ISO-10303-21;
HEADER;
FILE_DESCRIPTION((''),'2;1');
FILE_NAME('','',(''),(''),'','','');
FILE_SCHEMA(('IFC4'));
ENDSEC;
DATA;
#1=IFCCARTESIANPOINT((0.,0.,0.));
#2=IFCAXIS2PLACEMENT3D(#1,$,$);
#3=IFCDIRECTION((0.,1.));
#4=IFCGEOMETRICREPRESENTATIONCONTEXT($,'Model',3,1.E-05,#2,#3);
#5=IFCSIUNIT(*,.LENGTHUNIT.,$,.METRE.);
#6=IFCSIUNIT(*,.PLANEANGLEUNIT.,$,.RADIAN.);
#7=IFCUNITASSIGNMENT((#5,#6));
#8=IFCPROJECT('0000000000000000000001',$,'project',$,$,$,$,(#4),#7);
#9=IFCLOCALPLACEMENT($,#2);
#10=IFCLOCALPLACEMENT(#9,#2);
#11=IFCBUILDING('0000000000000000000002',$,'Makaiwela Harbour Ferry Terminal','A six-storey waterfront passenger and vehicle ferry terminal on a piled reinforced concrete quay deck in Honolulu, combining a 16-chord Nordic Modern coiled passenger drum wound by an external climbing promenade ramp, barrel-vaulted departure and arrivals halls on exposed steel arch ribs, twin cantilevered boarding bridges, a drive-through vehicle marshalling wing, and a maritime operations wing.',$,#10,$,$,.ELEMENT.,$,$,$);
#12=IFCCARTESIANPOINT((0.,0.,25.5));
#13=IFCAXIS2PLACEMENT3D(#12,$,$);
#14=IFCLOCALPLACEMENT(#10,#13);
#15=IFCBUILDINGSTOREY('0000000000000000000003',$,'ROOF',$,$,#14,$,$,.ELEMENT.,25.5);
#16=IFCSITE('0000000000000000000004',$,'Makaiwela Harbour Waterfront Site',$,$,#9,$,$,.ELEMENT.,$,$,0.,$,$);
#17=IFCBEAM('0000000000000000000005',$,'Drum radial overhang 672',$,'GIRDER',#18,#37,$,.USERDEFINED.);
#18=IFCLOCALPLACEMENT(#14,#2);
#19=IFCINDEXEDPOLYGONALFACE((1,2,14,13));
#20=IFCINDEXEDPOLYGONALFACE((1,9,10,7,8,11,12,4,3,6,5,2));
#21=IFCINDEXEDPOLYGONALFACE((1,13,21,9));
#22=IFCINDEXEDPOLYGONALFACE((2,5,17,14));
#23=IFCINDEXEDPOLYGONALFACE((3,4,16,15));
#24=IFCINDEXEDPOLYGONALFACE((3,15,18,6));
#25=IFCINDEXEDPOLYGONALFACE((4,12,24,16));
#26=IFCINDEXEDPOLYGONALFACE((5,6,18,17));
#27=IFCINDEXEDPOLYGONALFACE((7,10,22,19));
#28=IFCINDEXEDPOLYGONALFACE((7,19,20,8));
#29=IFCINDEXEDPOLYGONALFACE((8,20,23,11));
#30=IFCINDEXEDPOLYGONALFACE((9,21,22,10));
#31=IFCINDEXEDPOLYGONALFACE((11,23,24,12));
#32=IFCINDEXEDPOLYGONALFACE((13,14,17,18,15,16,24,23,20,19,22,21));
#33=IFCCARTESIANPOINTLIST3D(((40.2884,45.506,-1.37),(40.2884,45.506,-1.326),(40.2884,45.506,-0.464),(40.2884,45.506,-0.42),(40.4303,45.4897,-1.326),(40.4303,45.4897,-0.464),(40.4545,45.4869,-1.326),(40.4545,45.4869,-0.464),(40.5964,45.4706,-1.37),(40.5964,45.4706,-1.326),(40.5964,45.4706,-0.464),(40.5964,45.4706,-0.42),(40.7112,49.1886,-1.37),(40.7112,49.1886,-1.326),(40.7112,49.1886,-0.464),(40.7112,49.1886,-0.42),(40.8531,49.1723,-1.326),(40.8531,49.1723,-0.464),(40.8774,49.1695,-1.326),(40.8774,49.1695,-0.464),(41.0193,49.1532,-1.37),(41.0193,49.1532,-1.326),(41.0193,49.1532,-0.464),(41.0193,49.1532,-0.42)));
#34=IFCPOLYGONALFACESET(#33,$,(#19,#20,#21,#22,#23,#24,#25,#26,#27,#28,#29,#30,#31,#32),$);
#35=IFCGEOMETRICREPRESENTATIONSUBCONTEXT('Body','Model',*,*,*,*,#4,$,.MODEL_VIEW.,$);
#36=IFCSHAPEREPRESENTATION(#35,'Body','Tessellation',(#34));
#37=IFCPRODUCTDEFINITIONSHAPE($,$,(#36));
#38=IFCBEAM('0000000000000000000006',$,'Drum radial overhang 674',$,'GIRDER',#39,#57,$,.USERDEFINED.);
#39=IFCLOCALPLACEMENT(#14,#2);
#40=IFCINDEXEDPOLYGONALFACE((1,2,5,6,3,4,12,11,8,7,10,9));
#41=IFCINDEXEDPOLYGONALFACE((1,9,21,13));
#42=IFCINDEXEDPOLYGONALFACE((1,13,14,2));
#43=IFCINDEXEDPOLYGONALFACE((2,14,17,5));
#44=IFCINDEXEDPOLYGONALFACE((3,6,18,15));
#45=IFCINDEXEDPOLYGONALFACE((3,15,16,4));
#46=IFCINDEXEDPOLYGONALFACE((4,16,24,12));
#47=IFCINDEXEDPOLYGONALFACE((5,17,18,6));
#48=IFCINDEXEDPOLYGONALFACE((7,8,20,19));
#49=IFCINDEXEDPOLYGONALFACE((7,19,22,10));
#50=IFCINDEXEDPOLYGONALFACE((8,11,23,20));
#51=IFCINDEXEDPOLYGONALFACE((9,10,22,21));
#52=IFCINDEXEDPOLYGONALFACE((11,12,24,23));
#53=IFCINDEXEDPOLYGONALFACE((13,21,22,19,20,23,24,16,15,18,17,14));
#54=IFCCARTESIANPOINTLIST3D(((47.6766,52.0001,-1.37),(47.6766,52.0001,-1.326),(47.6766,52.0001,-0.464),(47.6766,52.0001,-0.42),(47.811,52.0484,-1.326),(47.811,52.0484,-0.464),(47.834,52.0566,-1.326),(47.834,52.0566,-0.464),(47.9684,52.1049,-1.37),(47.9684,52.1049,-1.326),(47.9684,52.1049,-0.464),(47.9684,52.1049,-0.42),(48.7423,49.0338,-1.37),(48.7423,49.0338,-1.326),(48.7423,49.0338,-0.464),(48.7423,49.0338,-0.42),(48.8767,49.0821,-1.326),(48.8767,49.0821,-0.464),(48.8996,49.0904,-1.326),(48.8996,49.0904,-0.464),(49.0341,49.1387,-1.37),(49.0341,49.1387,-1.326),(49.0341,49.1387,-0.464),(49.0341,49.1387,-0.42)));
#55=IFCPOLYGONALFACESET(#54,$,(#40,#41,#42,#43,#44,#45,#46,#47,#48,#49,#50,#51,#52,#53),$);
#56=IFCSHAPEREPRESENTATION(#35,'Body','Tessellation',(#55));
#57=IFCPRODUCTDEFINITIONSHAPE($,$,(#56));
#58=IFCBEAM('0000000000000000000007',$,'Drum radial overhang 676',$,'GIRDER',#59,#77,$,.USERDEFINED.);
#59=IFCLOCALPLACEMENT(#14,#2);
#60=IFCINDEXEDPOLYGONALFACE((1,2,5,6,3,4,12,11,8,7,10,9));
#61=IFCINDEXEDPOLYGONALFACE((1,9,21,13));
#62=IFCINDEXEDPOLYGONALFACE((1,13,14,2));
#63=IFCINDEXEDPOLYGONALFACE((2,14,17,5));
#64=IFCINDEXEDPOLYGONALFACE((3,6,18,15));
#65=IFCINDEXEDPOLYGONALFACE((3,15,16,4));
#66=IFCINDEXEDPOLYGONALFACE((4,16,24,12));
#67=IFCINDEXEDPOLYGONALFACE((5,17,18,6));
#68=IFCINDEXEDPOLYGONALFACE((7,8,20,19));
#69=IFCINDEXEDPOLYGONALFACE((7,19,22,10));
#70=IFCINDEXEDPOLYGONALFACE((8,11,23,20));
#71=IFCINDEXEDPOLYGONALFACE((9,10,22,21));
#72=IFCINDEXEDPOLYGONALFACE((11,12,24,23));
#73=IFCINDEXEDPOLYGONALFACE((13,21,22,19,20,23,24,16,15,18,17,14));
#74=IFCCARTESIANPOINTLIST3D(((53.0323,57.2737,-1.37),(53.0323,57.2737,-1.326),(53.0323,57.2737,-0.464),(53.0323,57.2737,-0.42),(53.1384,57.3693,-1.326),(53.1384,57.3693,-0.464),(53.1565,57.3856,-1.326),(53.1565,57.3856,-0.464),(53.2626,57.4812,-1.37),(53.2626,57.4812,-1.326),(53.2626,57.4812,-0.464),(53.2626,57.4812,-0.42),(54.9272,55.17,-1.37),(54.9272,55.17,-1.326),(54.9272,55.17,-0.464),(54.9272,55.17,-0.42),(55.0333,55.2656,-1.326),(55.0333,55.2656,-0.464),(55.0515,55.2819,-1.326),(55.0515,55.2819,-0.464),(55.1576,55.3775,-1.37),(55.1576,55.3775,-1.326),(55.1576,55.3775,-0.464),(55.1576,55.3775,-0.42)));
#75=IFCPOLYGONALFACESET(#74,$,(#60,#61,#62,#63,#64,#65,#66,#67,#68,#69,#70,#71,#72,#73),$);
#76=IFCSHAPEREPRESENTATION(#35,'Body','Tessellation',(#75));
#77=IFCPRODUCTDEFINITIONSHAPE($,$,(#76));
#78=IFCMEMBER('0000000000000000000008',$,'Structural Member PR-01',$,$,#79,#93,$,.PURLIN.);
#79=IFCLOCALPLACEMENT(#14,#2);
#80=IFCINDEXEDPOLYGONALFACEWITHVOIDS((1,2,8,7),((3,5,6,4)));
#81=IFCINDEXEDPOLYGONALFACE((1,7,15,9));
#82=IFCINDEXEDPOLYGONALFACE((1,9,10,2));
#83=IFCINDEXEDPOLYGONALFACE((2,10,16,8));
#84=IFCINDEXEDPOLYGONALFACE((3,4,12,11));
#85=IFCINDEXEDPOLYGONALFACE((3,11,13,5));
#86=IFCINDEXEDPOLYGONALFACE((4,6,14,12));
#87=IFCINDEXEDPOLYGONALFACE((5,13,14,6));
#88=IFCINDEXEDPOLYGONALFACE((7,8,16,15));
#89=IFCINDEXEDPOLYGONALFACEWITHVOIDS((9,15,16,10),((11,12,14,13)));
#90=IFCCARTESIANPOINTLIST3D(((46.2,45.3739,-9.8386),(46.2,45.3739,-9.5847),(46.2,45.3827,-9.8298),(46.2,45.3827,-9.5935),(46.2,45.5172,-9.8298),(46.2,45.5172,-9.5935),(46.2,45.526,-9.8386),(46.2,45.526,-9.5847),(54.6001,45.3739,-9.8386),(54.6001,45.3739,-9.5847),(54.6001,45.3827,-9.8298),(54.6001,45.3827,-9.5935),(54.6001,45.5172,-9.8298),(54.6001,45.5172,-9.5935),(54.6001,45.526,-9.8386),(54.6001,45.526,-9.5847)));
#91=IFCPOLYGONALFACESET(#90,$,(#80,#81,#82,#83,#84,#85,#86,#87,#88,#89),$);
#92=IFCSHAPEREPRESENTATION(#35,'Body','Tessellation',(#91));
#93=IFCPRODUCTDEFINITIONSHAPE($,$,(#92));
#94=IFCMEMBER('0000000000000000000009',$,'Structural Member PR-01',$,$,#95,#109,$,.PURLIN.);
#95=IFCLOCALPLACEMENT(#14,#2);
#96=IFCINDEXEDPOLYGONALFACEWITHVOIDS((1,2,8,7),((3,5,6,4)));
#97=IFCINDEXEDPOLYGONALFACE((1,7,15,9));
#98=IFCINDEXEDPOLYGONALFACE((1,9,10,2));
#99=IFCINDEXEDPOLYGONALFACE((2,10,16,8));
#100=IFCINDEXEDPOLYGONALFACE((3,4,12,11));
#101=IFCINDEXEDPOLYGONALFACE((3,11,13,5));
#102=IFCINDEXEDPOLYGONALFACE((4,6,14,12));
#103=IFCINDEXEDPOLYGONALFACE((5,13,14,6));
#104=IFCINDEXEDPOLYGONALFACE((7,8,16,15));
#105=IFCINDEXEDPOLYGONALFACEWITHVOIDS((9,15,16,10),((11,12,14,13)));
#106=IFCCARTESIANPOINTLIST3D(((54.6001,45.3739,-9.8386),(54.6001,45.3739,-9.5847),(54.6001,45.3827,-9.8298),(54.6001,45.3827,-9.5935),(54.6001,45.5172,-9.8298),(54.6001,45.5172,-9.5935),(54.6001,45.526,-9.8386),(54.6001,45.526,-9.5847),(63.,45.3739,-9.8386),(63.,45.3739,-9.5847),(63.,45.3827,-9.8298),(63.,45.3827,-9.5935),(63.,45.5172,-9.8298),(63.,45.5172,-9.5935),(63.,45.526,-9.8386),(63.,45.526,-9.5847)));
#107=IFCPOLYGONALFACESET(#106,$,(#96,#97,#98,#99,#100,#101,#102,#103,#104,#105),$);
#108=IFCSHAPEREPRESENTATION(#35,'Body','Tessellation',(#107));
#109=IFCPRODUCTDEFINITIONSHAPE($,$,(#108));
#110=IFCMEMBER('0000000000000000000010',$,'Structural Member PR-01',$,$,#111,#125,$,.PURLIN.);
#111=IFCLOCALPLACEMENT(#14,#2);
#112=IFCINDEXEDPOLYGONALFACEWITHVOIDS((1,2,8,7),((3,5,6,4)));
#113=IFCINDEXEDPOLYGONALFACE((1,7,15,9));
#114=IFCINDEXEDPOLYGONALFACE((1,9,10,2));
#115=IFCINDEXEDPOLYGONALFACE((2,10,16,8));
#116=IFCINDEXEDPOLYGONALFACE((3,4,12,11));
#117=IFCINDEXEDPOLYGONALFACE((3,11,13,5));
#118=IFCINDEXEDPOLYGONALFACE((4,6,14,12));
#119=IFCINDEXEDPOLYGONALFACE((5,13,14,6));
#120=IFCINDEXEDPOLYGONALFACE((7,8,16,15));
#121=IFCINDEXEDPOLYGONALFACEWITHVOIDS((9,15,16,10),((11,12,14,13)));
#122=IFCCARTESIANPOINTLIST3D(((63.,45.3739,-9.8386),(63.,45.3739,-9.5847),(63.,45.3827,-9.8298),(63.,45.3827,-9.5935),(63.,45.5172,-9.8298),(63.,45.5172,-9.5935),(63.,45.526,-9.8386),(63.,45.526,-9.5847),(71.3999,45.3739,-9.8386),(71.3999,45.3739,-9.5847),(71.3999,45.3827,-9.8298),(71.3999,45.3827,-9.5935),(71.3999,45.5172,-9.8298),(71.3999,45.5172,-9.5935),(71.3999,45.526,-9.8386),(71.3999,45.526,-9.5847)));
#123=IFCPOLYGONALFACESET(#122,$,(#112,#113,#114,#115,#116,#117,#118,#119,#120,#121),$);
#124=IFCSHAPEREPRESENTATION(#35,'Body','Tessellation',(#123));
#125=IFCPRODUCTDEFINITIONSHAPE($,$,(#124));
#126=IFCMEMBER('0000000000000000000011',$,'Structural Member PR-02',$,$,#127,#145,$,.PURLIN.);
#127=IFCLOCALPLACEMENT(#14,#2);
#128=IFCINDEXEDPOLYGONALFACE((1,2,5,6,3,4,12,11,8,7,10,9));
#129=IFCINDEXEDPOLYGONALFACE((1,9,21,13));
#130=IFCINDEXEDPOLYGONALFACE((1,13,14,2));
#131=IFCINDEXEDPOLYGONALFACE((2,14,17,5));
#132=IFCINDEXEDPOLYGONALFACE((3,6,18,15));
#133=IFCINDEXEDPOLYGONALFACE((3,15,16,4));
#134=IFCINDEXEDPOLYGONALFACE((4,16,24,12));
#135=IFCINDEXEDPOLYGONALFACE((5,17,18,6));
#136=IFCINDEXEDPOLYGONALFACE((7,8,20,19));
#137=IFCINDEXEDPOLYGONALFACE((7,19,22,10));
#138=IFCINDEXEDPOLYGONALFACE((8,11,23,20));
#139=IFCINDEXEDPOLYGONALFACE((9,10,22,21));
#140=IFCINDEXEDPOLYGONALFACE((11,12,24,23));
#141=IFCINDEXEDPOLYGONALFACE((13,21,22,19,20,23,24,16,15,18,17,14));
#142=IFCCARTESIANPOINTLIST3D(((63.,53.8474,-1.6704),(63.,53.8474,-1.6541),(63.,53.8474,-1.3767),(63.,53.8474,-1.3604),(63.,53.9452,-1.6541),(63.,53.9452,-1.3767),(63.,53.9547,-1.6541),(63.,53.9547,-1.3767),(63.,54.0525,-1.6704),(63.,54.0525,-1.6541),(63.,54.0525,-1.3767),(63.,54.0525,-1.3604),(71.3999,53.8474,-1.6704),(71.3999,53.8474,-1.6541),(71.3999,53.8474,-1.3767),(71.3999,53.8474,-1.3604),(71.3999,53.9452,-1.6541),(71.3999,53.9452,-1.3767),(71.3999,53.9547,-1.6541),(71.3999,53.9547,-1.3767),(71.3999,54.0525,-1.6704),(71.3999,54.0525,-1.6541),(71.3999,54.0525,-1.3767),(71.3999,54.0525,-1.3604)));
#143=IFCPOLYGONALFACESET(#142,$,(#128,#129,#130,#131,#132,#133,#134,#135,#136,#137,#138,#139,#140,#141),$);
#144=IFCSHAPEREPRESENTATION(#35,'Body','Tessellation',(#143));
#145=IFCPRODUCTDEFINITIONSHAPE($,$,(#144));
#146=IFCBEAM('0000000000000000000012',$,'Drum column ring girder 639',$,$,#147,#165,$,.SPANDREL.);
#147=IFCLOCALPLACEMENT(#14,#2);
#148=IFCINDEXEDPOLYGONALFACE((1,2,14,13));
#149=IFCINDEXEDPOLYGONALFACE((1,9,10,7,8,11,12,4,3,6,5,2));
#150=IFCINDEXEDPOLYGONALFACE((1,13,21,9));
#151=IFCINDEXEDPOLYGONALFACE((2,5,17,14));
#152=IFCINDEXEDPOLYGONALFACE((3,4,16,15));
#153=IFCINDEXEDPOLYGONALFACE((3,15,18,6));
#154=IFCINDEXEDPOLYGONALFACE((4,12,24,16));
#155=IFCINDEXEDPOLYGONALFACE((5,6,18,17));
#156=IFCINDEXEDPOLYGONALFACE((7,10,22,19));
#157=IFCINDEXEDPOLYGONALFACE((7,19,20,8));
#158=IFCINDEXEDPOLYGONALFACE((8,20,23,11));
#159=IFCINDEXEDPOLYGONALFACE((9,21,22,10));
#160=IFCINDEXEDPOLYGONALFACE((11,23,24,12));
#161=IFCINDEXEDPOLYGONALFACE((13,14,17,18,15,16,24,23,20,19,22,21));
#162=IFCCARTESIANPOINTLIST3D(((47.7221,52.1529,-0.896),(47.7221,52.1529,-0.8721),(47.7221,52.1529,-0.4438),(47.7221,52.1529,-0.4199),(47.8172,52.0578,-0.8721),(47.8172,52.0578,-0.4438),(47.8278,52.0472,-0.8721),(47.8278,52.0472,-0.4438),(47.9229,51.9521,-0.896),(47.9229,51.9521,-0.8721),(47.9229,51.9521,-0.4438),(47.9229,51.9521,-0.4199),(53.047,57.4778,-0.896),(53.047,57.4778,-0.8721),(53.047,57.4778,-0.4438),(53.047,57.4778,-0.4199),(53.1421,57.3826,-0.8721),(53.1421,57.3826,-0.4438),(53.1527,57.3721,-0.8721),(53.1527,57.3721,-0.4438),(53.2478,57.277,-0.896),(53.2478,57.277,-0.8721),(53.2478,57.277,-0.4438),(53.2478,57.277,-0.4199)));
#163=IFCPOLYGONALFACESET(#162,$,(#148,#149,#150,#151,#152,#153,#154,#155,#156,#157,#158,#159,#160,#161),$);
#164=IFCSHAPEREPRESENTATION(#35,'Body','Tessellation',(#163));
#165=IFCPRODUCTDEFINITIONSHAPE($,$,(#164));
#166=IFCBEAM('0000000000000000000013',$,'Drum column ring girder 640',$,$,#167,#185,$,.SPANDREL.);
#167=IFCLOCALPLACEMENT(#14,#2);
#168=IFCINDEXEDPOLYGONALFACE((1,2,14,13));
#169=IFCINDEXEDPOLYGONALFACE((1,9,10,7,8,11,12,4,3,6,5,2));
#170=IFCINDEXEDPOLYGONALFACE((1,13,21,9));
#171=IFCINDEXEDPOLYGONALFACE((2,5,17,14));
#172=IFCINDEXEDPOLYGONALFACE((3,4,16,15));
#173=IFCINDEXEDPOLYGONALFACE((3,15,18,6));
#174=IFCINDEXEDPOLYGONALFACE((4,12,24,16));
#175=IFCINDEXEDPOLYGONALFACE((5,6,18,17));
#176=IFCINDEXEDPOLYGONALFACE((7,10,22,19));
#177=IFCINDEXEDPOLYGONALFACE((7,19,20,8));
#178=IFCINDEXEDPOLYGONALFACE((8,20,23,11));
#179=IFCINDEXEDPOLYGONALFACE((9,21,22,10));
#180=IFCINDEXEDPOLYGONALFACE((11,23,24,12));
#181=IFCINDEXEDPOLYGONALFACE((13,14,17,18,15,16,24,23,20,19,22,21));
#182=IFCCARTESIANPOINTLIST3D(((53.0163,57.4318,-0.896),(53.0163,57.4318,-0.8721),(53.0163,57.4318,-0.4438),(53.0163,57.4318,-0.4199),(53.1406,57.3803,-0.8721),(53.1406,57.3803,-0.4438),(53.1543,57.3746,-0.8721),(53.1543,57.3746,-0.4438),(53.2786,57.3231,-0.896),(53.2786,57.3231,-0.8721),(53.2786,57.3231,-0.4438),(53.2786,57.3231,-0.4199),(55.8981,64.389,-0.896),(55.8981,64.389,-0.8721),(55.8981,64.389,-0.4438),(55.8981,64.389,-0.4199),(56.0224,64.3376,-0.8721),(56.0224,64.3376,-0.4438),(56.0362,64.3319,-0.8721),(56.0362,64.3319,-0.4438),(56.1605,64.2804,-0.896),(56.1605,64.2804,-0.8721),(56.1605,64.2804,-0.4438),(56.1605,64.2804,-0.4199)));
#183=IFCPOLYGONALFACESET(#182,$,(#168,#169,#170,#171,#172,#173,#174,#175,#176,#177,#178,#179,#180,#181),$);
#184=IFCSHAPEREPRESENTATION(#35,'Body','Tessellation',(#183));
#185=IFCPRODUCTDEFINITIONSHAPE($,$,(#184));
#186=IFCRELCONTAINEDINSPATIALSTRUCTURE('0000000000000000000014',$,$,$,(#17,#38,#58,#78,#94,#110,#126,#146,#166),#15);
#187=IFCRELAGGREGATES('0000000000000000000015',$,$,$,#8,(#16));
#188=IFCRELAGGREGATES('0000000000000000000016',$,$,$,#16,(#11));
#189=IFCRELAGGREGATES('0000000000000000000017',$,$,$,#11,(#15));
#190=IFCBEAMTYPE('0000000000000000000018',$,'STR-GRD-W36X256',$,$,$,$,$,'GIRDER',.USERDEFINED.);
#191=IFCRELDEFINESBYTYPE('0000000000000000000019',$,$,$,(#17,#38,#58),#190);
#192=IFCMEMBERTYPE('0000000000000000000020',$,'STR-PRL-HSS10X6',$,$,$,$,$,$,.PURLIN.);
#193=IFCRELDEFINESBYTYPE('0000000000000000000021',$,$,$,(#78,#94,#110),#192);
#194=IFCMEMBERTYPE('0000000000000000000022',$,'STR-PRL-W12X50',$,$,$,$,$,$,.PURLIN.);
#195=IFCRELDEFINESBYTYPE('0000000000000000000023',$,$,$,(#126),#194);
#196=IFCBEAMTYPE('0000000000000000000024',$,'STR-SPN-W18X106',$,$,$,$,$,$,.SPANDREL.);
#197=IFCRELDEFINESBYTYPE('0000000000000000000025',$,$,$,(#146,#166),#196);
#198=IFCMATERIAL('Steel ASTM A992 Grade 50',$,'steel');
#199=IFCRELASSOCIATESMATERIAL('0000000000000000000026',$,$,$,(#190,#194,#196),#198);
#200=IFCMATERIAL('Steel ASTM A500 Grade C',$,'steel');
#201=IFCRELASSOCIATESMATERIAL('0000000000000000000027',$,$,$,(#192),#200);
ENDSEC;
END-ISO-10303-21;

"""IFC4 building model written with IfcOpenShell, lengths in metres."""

from ifc_helpers import new_model, si_unit, direction, frame, origin, origin_2d, place, context, subcontext, project, spatial, hollow_rectangle, i_section, extrude, material, material_profile, profile_set, type_object, element, save


model = new_model("IFC4")

# Units and contexts
model_context = context("Model", 3, precision=1e-05, world=origin(), true_north=direction((0.0, 1.0)))
body_context = subcontext(model_context, "Body", "Model", "MODEL_VIEW")
ifc_project = project(units=[si_unit("LENGTHUNIT", "METRE"), si_unit("PLANEANGLEUNIT", "RADIAN")], contexts=[model_context])

# Site, building, storey
site_placement = place(None, origin())
site = spatial("IfcSite", under=ifc_project, at=site_placement, Name="Makaiwela Harbour Waterfront Site", CompositionType="ELEMENT", RefElevation=0.0)
building_placement = place(site_placement, origin())
building = spatial("IfcBuilding", under=site, at=building_placement, Name="Makaiwela Harbour Ferry Terminal", Description="A six-storey waterfront passenger and vehicle ferry terminal on a piled reinforced concrete quay deck in Honolulu, combining a 16-chord Nordic Modern coiled passenger drum wound by an external climbing promenade ramp, barrel-vaulted departure and arrivals halls on exposed steel arch ribs, twin cantilevered boarding bridges, a drive-through vehicle marshalling wing, and a maritime operations wing.", CompositionType="ELEMENT")
storey_placement = place(building_placement, frame((0.0, 0.0, 25.5)))
storey = spatial("IfcBuildingStorey", under=building, at=storey_placement, Name="ROOF", CompositionType="ELEMENT", Elevation=25.5)

# Shared definitions
ifc_material_1 = material(Name="Steel ASTM A992 Grade 50", Category="steel")

# Shared definitions
ifc_material_2 = material(Name="Steel ASTM A500 Grade C", Category="steel")

# Beams
ifc_material_profile_1 = material_profile(ifc_material_1, i_section(OverallWidth=0.3101, OverallDepth=0.95, WebThickness=0.0244, FlangeThickness=0.0439, at=origin_2d()), Name="W36X256")
ifc_profile_set_1 = profile_set([ifc_material_profile_1], Name="Steel ASTM A992 Grade 50")
beam_type_1 = type_object("IfcBeamType", Name="STR-GRD-W36X256", ElementType="GIRDER", PredefinedType="USERDEFINED", material=ifc_profile_set_1)
beam_1_placement = place(storey_placement, frame((40.8652, 49.1709, -0.895), z_axis=(-0.114074, -0.993472, 0.0), x_axis=(0.993472, -0.114074, 0.0)))
element("IfcBeam", 1, at=beam_1_placement, inside=storey, type_object=beam_type_1, Name="Drum radial overhang 672", ObjectType="GIRDER", PredefinedType="USERDEFINED", context=body_context, shape_type="SweptSolid", body=[
    extrude(i_section(OverallWidth=0.3101, OverallDepth=0.95, WebThickness=0.0244, FlangeThickness=0.0439, at=origin_2d()), origin(), (0.0, 0.0, 1.0), 3.7068),
])
beam_2_placement = place(storey_placement, frame((47.8225, 52.0525, -0.895), z_axis=(0.338102, -0.941109, 0.0), x_axis=(0.941109, 0.338102, 0.0)))
element("IfcBeam", 2, at=beam_2_placement, inside=storey, type_object=beam_type_1, Name="Drum radial overhang 674", ObjectType="GIRDER", PredefinedType="USERDEFINED", context=body_context, shape_type="SweptSolid", body=[
    extrude(i_section(OverallWidth=0.3101, OverallDepth=0.95, WebThickness=0.0244, FlangeThickness=0.0439, at=origin_2d()), origin(), (0.0, 0.0, 1.0), 3.1519),
])
beam_3_placement = place(storey_placement, frame((53.1475, 57.3774, -0.895), z_axis=(0.669284, -0.743007, 0.0), x_axis=(0.743007, 0.669284, 0.0)))
element("IfcBeam", 3, at=beam_3_placement, inside=storey, type_object=beam_type_1, Name="Drum radial overhang 676", ObjectType="GIRDER", PredefinedType="USERDEFINED", context=body_context, shape_type="SweptSolid", body=[
    extrude(i_section(OverallWidth=0.3101, OverallDepth=0.95, WebThickness=0.0244, FlangeThickness=0.0439, at=origin_2d()), origin(), (0.0, 0.0, 1.0), 2.8313),
])

# Members
ifc_material_profile_2 = material_profile(ifc_material_2, hollow_rectangle(XDim=0.1521, YDim=0.2539, WallThickness=0.0088, at=origin_2d()), Name="HSS10X6X3/8")
ifc_profile_set_2 = profile_set([ifc_material_profile_2], Name="Steel ASTM A500 Grade C")
member_type_1 = type_object("IfcMemberType", Name="STR-PRL-HSS10X6", PredefinedType="PURLIN", material=ifc_profile_set_2)
member_1_placement = place(storey_placement, frame((46.2, 45.45, -9.7117), z_axis=(1.0, 0.0, 0.0), x_axis=(0.0, 1.0, 0.0)))
element("IfcMember", 4, at=member_1_placement, inside=storey, type_object=member_type_1, Name="Structural Member PR-01", PredefinedType="PURLIN", context=body_context, shape_type="SweptSolid", body=[
    extrude(hollow_rectangle(XDim=0.1521, YDim=0.2539, WallThickness=0.0088, at=origin_2d()), origin(), (0.0, 0.0, 1.0), 8.4001),
])
for number, where, z_axis, x_axis, name in (
    (5, (54.6001, 45.45, -9.7117), (1.0, 0.0, 0.0), (0.0, 1.0, 0.0), "Structural Member PR-01"),
    (6, (63.0, 45.45, -9.7117), (1.0, 0.0, 0.0), (0.0, 1.0, 0.0), "Structural Member PR-01"),
):
    element("IfcMember", number, at=place(storey_placement, frame(where, z_axis=z_axis, x_axis=x_axis)), inside=storey, type_object=member_type_1, Name=name, PredefinedType="PURLIN", context=body_context, shape_type="SweptSolid", body=[
        extrude(hollow_rectangle(XDim=0.1521, YDim=0.2539, WallThickness=0.0088, at=origin_2d()), origin(), (0.0, 0.0, 1.0), 8.3999),
    ])
ifc_material_profile_3 = material_profile(ifc_material_1, i_section(OverallWidth=0.2051, OverallDepth=0.3101, WebThickness=0.0095, FlangeThickness=0.0164, at=origin_2d()), Name="W12X50")
ifc_profile_set_3 = profile_set([ifc_material_profile_3], Name="Steel ASTM A992 Grade 50")
member_type_2 = type_object("IfcMemberType", Name="STR-PRL-W12X50", PredefinedType="PURLIN", material=ifc_profile_set_3)
member_2_placement = place(storey_placement, frame((63.0, 53.95, -1.5154), z_axis=(1.0, 0.0, 0.0), x_axis=(0.0, 1.0, 0.0)))
element("IfcMember", 7, at=member_2_placement, inside=storey, type_object=member_type_2, Name="Structural Member PR-02", PredefinedType="PURLIN", context=body_context, shape_type="SweptSolid", body=[
    extrude(i_section(OverallWidth=0.2051, OverallDepth=0.3101, WebThickness=0.0095, FlangeThickness=0.0164, at=origin_2d()), origin(), (0.0, 0.0, 1.0), 8.3999),
])

# Beams
ifc_material_profile_4 = material_profile(ifc_material_1, i_section(OverallWidth=0.2839, OverallDepth=0.4761, WebThickness=0.0149, FlangeThickness=0.0239, at=origin_2d()), Name="W18X106")
ifc_profile_set_4 = profile_set([ifc_material_profile_4], Name="Steel ASTM A992 Grade 50")
beam_type_2 = type_object("IfcBeamType", Name="STR-SPN-W18X106", PredefinedType="SPANDREL", material=ifc_profile_set_4)
for number, where, z_axis, x_axis, name in (
    (8, (47.8225, 52.0525, -0.658), (0.707107, 0.707107, 0.0), (-0.707107, 0.707107, 0.0), "Drum column ring girder 639"),
    (9, (53.1475, 57.3774, -0.658), (0.382688, 0.923878, 0.0), (-0.923878, 0.382688, 0.0), "Drum column ring girder 640"),
):
    element("IfcBeam", number, at=place(storey_placement, frame(where, z_axis=z_axis, x_axis=x_axis)), inside=storey, type_object=beam_type_2, Name=name, PredefinedType="SPANDREL", context=body_context, shape_type="SweptSolid", body=[
        extrude(i_section(OverallWidth=0.2839, OverallDepth=0.4761, WebThickness=0.0149, FlangeThickness=0.0239, at=origin_2d()), origin(), (0.0, 0.0, 1.0), 7.5305),
    ])

save(model, "model.ifc")
